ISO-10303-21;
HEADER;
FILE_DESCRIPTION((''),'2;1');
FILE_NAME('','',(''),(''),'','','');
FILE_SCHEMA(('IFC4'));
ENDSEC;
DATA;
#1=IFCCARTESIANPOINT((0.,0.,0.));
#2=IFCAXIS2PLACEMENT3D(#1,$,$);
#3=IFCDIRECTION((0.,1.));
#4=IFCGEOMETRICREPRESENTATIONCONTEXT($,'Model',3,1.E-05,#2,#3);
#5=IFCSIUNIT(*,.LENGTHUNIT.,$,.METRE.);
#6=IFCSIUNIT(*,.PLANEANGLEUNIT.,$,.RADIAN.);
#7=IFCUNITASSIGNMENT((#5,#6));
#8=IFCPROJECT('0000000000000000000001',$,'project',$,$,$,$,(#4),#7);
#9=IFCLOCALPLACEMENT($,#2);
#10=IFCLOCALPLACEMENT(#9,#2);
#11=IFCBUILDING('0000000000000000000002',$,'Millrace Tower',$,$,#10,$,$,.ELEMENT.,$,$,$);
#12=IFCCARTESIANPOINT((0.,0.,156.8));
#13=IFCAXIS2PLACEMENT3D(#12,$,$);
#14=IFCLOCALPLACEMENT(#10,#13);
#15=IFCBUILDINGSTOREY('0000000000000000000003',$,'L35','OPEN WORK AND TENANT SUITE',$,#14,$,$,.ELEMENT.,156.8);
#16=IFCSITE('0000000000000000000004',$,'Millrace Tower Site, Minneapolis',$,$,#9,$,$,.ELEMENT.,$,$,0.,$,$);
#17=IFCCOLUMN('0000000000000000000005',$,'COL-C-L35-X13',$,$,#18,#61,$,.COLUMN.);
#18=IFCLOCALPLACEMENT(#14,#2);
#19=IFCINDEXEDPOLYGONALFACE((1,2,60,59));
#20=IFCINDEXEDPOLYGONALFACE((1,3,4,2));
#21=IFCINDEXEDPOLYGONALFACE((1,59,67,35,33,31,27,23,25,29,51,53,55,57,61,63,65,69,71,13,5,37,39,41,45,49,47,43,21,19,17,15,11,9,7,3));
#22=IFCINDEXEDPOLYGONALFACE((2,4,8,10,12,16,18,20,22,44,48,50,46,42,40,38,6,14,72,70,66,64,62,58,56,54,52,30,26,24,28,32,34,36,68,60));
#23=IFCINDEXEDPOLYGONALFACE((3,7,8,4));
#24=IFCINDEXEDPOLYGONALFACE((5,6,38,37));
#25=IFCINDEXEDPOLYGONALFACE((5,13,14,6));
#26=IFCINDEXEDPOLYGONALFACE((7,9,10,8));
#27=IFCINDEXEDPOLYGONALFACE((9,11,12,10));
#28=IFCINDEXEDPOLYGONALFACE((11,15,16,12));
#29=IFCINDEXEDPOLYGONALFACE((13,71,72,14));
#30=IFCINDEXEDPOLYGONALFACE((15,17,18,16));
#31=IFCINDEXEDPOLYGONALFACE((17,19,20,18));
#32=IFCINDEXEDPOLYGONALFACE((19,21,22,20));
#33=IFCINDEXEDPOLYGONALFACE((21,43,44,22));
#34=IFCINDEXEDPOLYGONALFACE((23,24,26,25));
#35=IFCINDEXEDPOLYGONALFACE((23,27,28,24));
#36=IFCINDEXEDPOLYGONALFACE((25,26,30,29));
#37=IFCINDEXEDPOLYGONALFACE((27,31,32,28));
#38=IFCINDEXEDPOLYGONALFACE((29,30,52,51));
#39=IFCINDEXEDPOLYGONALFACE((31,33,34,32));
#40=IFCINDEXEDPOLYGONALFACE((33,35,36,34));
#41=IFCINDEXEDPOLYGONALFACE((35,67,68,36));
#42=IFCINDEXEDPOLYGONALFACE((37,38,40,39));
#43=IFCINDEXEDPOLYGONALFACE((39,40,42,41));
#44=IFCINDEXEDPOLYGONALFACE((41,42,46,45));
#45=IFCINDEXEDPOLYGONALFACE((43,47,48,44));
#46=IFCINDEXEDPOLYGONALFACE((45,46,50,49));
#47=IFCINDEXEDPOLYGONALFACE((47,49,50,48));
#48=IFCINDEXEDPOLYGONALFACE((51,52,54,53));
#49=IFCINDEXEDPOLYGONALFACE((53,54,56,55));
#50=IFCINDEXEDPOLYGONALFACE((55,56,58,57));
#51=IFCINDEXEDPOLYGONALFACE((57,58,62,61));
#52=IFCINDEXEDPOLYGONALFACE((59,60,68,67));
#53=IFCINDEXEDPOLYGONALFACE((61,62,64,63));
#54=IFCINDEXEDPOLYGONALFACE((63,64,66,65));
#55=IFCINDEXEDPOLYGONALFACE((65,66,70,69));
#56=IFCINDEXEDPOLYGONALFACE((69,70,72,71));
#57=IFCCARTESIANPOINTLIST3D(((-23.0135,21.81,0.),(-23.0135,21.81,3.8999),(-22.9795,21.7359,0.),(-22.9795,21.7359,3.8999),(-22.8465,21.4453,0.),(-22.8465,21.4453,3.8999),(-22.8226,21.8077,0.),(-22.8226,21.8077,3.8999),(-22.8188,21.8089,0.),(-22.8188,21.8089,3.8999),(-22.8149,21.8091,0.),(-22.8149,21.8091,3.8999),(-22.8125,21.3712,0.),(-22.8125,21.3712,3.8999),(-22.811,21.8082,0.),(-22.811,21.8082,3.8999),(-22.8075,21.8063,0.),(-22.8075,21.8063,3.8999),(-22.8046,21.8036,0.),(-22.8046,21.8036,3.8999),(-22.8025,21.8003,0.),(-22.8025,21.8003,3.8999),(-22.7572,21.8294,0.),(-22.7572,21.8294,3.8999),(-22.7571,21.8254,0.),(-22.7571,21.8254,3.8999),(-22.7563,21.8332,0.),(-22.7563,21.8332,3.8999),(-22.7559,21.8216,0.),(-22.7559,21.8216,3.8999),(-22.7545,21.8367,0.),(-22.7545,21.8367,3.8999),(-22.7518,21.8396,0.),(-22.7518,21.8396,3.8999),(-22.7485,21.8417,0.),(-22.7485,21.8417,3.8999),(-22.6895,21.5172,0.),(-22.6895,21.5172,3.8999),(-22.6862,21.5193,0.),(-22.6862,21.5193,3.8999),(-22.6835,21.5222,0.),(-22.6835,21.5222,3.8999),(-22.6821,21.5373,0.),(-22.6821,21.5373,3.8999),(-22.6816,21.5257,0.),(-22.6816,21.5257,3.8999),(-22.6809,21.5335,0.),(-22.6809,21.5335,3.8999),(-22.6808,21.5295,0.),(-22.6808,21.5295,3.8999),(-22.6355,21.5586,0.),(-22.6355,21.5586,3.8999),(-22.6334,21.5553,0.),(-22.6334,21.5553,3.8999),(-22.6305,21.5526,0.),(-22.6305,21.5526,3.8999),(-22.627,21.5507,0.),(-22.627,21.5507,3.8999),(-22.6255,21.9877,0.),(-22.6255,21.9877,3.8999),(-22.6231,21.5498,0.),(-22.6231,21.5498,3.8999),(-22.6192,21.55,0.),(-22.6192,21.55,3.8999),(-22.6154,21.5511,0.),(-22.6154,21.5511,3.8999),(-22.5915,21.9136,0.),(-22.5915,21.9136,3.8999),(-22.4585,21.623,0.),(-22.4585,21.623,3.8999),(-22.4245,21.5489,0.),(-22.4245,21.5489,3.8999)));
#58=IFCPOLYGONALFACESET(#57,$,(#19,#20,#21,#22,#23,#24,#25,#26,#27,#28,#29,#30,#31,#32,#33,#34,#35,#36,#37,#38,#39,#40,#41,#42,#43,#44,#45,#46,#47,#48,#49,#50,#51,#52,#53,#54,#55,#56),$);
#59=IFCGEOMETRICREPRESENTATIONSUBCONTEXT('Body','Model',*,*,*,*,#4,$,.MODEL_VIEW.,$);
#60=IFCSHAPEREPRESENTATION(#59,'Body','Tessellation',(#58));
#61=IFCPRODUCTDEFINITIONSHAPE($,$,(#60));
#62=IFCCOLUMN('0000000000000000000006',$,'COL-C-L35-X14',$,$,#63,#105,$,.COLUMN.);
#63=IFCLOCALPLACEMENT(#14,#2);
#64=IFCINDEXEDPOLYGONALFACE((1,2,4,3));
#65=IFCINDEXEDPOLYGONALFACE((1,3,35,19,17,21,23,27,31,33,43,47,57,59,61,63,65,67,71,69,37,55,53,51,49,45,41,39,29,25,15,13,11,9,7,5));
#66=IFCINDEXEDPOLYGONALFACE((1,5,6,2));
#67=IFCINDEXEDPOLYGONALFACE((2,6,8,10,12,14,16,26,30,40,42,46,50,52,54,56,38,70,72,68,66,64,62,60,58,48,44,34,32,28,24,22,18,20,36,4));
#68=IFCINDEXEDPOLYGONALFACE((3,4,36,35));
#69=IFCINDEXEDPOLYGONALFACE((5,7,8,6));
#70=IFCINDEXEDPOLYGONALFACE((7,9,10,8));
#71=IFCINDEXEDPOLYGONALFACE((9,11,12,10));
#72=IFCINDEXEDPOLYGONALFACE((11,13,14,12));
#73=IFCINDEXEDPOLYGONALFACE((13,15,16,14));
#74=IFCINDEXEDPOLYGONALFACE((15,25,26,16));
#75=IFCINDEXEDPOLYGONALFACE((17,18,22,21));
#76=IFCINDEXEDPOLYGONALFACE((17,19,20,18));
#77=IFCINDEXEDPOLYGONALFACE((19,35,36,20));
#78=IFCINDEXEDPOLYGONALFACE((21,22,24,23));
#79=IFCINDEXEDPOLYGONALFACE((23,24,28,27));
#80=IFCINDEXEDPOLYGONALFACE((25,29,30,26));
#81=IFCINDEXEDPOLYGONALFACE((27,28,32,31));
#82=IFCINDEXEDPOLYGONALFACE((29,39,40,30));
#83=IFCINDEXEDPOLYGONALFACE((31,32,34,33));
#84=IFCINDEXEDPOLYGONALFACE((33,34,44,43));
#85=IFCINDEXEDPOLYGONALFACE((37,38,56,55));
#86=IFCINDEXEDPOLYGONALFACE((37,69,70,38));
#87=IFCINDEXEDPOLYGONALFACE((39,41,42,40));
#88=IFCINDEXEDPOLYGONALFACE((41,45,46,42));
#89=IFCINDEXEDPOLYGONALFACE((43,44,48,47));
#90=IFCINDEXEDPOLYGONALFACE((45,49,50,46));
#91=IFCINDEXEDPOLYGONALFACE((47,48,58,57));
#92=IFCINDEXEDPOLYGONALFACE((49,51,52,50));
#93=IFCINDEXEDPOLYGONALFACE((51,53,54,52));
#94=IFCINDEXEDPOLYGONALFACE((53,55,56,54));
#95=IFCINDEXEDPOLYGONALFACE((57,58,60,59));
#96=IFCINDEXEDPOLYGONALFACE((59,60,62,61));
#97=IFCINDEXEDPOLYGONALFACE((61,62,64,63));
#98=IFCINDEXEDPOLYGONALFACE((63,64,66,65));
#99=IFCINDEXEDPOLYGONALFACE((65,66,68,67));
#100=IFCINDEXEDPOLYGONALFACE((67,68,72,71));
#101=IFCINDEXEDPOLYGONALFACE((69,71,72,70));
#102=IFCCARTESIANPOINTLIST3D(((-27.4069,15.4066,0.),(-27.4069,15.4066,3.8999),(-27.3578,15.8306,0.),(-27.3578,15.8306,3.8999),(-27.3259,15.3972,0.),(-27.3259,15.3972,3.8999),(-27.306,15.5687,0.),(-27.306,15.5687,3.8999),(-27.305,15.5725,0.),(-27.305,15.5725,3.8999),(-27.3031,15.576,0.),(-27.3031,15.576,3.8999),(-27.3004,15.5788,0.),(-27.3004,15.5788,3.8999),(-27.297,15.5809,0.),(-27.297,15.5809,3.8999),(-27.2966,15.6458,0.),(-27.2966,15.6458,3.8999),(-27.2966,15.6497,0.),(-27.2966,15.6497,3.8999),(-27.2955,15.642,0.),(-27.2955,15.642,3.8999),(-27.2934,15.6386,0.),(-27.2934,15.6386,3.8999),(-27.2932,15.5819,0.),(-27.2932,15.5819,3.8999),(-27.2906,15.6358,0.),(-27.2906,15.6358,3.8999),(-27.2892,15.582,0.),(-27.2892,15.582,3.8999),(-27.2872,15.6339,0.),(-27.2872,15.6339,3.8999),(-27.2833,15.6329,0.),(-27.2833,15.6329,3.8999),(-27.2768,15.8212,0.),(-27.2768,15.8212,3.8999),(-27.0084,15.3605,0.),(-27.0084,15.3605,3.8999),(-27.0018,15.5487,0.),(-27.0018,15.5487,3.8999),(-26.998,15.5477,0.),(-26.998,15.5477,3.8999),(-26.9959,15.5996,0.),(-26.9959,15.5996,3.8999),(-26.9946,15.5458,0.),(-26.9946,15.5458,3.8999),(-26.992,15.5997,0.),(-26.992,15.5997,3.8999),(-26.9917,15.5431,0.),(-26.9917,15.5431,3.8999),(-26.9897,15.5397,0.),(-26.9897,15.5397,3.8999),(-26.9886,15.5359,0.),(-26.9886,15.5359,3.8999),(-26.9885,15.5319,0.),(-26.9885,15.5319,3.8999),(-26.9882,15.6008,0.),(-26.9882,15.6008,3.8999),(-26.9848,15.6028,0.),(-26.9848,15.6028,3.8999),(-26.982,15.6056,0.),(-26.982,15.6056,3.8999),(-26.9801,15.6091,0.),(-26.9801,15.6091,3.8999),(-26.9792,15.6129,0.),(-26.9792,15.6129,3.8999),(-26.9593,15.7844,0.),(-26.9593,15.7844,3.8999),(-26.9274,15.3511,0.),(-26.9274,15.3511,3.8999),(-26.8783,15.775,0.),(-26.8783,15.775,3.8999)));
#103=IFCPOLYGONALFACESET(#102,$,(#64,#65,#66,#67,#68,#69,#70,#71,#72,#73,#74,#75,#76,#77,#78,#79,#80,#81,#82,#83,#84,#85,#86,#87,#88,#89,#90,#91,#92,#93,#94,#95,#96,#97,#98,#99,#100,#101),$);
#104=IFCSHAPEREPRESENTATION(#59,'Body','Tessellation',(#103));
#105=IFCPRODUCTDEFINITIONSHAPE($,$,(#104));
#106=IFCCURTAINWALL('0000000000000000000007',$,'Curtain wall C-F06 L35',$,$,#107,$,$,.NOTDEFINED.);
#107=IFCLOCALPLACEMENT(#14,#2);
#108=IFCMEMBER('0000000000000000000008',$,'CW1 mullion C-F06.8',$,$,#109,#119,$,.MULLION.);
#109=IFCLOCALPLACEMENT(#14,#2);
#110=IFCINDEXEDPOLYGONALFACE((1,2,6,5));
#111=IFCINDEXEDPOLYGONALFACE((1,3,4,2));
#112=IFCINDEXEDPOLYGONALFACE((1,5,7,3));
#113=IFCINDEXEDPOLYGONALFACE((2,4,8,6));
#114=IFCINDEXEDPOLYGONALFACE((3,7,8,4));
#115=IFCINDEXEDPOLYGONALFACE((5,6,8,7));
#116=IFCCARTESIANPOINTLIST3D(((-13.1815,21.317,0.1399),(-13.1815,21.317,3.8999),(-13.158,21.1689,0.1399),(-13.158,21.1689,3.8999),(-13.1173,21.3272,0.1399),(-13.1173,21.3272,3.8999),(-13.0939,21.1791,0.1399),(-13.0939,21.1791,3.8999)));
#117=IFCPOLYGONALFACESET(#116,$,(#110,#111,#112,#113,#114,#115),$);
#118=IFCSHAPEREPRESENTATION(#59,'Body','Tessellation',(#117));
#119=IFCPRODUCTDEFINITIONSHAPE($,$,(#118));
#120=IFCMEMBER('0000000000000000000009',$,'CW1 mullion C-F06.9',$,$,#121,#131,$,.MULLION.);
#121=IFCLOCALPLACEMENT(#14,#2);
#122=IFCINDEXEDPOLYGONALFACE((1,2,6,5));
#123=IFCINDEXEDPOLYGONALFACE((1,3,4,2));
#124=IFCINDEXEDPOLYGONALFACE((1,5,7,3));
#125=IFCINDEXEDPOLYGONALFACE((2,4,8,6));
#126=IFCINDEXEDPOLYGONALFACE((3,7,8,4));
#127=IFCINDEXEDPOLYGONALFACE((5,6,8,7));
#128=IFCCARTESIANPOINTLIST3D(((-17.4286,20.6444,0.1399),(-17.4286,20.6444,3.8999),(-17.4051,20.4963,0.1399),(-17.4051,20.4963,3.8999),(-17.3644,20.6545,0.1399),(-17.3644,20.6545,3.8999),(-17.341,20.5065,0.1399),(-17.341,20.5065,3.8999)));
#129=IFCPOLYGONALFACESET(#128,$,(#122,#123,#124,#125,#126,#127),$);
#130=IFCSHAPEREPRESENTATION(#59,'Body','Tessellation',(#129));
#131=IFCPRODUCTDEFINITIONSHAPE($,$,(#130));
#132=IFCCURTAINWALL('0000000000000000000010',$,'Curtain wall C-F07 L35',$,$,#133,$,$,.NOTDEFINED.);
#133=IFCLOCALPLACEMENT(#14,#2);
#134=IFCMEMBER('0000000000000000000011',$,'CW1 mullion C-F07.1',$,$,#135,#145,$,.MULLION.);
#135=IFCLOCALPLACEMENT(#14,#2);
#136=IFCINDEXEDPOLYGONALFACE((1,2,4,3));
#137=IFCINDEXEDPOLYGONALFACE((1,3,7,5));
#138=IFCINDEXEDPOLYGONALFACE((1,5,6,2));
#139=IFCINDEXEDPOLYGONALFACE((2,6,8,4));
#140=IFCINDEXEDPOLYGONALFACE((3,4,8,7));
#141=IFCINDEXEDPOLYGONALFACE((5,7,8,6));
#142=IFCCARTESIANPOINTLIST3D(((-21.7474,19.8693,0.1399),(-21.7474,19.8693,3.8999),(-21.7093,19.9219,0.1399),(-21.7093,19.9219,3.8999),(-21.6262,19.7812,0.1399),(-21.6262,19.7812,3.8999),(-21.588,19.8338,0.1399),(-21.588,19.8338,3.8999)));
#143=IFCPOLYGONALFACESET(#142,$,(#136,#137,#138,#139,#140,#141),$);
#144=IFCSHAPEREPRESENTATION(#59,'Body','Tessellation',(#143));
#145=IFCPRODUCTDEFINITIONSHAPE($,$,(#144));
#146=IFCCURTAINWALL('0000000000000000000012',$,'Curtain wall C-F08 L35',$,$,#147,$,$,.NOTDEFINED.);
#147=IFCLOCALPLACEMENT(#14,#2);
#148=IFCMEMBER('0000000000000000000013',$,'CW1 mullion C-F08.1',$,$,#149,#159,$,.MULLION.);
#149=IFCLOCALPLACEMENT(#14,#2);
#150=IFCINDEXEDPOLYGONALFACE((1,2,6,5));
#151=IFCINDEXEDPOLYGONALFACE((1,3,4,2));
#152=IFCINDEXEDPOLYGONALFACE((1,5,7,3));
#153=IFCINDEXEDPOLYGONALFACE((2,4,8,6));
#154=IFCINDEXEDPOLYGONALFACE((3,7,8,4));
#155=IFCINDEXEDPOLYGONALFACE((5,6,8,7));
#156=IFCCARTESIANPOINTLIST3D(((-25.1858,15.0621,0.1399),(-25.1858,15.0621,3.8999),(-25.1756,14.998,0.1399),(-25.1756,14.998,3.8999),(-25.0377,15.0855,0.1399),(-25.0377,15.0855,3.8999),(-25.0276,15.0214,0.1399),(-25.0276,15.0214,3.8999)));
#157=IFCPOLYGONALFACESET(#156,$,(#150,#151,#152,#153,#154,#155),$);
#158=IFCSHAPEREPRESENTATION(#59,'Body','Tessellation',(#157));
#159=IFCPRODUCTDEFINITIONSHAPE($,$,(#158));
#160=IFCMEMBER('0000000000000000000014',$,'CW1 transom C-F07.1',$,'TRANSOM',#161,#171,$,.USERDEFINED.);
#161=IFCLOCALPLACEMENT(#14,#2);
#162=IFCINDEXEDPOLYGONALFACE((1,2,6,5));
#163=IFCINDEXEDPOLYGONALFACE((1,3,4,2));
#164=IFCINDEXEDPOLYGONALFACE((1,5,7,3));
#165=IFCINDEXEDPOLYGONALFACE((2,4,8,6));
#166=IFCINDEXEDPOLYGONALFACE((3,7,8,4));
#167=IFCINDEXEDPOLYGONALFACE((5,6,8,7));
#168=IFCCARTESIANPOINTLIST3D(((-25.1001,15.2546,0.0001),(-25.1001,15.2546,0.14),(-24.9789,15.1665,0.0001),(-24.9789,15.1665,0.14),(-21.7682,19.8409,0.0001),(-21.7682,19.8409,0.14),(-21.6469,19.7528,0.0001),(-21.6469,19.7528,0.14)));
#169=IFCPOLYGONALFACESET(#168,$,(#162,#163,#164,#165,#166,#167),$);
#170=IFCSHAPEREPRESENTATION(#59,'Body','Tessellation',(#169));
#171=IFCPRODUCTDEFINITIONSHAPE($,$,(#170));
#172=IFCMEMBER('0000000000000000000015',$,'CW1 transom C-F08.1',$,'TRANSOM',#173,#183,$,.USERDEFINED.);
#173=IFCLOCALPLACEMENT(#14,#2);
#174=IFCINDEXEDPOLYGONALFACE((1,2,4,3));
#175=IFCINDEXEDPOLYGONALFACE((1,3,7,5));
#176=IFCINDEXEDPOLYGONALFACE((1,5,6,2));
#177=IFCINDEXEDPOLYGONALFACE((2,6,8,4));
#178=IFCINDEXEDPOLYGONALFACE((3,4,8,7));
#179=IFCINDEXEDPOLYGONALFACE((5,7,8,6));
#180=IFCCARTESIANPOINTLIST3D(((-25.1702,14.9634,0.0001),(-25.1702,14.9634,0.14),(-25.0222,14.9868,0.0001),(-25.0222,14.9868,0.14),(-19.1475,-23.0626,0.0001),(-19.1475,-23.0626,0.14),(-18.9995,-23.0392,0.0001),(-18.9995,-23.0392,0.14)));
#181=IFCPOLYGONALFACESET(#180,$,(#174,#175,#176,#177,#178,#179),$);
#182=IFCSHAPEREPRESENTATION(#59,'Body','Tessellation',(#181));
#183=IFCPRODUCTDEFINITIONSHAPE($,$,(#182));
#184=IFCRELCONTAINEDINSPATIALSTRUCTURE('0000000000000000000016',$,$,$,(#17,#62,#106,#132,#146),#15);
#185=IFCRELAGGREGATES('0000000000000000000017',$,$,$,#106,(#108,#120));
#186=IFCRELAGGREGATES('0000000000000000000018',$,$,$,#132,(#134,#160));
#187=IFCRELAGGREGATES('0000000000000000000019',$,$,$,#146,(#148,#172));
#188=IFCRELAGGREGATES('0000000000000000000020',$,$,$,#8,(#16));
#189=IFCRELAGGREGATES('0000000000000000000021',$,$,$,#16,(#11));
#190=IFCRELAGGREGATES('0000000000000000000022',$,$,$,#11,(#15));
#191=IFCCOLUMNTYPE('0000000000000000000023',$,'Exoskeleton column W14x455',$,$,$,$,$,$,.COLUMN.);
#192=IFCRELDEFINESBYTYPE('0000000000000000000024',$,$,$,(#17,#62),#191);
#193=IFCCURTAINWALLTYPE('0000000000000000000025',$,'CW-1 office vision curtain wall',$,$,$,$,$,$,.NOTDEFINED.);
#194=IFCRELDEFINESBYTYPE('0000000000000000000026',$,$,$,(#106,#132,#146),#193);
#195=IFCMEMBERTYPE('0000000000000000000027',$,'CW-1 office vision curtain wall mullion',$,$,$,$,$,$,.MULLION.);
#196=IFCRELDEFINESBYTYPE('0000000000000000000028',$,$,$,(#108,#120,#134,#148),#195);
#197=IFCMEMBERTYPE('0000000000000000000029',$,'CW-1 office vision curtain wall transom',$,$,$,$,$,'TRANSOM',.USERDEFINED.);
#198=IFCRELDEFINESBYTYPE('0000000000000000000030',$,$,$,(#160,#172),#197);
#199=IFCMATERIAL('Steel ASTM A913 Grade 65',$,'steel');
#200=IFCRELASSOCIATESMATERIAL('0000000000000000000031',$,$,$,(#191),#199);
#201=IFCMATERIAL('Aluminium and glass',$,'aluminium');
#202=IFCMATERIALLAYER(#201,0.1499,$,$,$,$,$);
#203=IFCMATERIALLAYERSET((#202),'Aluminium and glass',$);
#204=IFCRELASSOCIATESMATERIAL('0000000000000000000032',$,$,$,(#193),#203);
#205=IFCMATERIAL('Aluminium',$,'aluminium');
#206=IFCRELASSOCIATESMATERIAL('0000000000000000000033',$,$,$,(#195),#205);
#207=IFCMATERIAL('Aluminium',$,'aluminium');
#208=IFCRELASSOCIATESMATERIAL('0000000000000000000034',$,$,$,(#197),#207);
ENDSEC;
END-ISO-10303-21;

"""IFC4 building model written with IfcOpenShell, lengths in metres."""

from ifc_helpers import new_model, si_unit, direction, frame, origin, origin_2d, place, context, subcontext, project, spatial, rectangle, i_section, extrude, material, layer, layer_set, material_profile, profile_set, type_object, element, aggregate, save


model = new_model("IFC4")

# Units and contexts
model_context = context("Model", 3, precision=1e-05, world=origin(), true_north=direction((0.0, 1.0)))
body_context = subcontext(model_context, "Body", "Model", "MODEL_VIEW")
ifc_project = project(units=[si_unit("LENGTHUNIT", "METRE"), si_unit("PLANEANGLEUNIT", "RADIAN")], contexts=[model_context])

# Site, building, storey
site_placement = place(None, origin())
site = spatial("IfcSite", under=ifc_project, at=site_placement, Name="Millrace Tower Site, Minneapolis", CompositionType="ELEMENT", RefElevation=0.0)
building_placement = place(site_placement, origin())
building = spatial("IfcBuilding", under=site, at=building_placement, Name="Millrace Tower", CompositionType="ELEMENT")
storey_placement = place(building_placement, frame((0.0, 0.0, 156.8)))
storey = spatial("IfcBuildingStorey", under=building, at=storey_placement, Name="L35", Description="OPEN WORK AND TENANT SUITE", CompositionType="ELEMENT", Elevation=156.8)

# Columns
ifc_material_1 = material(Name="Steel ASTM A913 Grade 65", Category="steel")
ifc_material_profile_1 = material_profile(ifc_material_1, i_section(OverallWidth=0.4268, OverallDepth=0.4827, WebThickness=0.0513, FlangeThickness=0.0815, FilletRadius=0.0151, at=origin_2d()))
ifc_profile_set_1 = profile_set([ifc_material_profile_1], Name="Steel ASTM A913 Grade 65")
column_type = type_object("IfcColumnType", Name="Exoskeleton column W14x455", PredefinedType="COLUMN", material=ifc_profile_set_1)
for number, where, z_axis, x_axis, name in (
    (1, (-22.719, 21.6794, 0.0), (0.0, 0.0, 1.0), (-0.909181, -0.416401, 0.0), "COL-C-L35-X13"),
    (2, (-27.1426, 15.5908, 0.0), (0.0, 0.0, 1.0), (-0.115069, -0.993358, 0.0), "COL-C-L35-X14"),
):
    element("IfcColumn", number, at=place(storey_placement, frame(where, z_axis=z_axis, x_axis=x_axis)), inside=storey, type_object=column_type, Name=name, PredefinedType="COLUMN", context=body_context, shape_type="SweptSolid", body=[
        extrude(i_section(OverallWidth=0.4268, OverallDepth=0.4827, WebThickness=0.0513, FlangeThickness=0.0815, FilletRadius=0.0151, at=origin_2d()), origin(), (0.0, 0.0, 1.0), 3.8999),
    ])

# Curtain wall, members
ifc_material_2 = material(Name="Aluminium and glass", Category="aluminium")
ifc_layer_1 = layer(ifc_material_2, 0.1499)
ifc_layer_set_1 = layer_set([ifc_layer_1], Name="Aluminium and glass")
curtain_wall_type = type_object("IfcCurtainWallType", Name="CW-1 office vision curtain wall", PredefinedType="NOTDEFINED", material=ifc_layer_set_1)
placement = place(storey_placement, origin())
curtain_wall_1 = element("IfcCurtainWall", 3, at=placement, inside=storey, type_object=curtain_wall_type, Name="Curtain wall C-F06 L35", PredefinedType="NOTDEFINED")
ifc_material_3 = material(Name="Aluminium", Category="aluminium")
ifc_material_profile_2 = material_profile(ifc_material_3, rectangle(XDim=0.0649, YDim=0.1499, at=origin_2d()))
ifc_profile_set_2 = profile_set([ifc_material_profile_2], Name="Aluminium")
member_type_1 = type_object("IfcMemberType", Name="CW-1 office vision curtain wall mullion", PredefinedType="MULLION", material=ifc_profile_set_2)
member_1_placement = place(storey_placement, frame((-13.1377, 21.248, 0.1399), z_axis=(0.0, 0.0, 1.0), x_axis=(-0.987688, -0.156434, 0.0)))
member_1 = element("IfcMember", 4, at=member_1_placement, type_object=member_type_1, Name="CW1 mullion C-F06.8", PredefinedType="MULLION", context=body_context, shape_type="SweptSolid", body=[
    extrude(rectangle(XDim=0.0649, YDim=0.1499, at=origin_2d()), origin(), (0.0, 0.0, 1.0), 3.76),
])
member_2_placement = place(storey_placement, frame((-17.3848, 20.5754, 0.1399), z_axis=(0.0, 0.0, 1.0), x_axis=(-0.987688, -0.156434, 0.0)))
member_2 = element("IfcMember", 5, at=member_2_placement, type_object=member_type_1, Name="CW1 mullion C-F06.9", PredefinedType="MULLION", context=body_context, shape_type="SweptSolid", body=[
    extrude(rectangle(XDim=0.0649, YDim=0.1499, at=origin_2d()), origin(), (0.0, 0.0, 1.0), 3.76),
])
aggregate(curtain_wall_1, [member_1, member_2])

# Curtain walls, members
curtain_wall_2 = element("IfcCurtainWall", 6, at=placement, inside=storey, type_object=curtain_wall_type, Name="Curtain wall C-F07 L35", PredefinedType="NOTDEFINED")
member_3_placement = place(storey_placement, frame((-21.6677, 19.8516, 0.1399), z_axis=(0.0, 0.0, 1.0), x_axis=(-0.587785, -0.809017, 0.0)))
member_3 = element("IfcMember", 7, at=member_3_placement, type_object=member_type_1, Name="CW1 mullion C-F07.1", PredefinedType="MULLION", context=body_context, shape_type="SweptSolid", body=[
    extrude(rectangle(XDim=0.0649, YDim=0.1499, at=origin_2d()), origin(), (0.0, 0.0, 1.0), 3.76),
])
curtain_wall_3 = element("IfcCurtainWall", 8, at=placement, inside=storey, type_object=curtain_wall_type, Name="Curtain wall C-F08 L35", PredefinedType="NOTDEFINED")
member_4_placement = place(storey_placement, frame((-25.1067, 15.0417, 0.1399), z_axis=(0.0, 0.0, 1.0), x_axis=(0.156434, -0.987688, 0.0)))
member_4 = element("IfcMember", 9, at=member_4_placement, type_object=member_type_1, Name="CW1 mullion C-F08.1", PredefinedType="MULLION", context=body_context, shape_type="SweptSolid", body=[
    extrude(rectangle(XDim=0.0649, YDim=0.1499, at=origin_2d()), origin(), (0.0, 0.0, 1.0), 3.76),
])

# Members
ifc_material_4 = material(Name="Aluminium", Category="aluminium")
ifc_material_profile_3 = material_profile(ifc_material_4, rectangle(XDim=0.1499, YDim=0.1399, at=origin_2d()))
ifc_profile_set_3 = profile_set([ifc_material_profile_3], Name="Aluminium")
member_type_2 = type_object("IfcMemberType", Name="CW-1 office vision curtain wall transom", ElementType="TRANSOM", PredefinedType="USERDEFINED", material=ifc_profile_set_3)
member_5_placement = place(storey_placement, frame((-21.7075, 19.7969, 0.0701), z_axis=(-0.587762, -0.809034, 0.0), x_axis=(0.809034, -0.587762, 0.0)))
member_5 = element("IfcMember", 10, at=member_5_placement, type_object=member_type_2, Name="CW1 transom C-F07.1", ObjectType="TRANSOM", PredefinedType="USERDEFINED", context=body_context, shape_type="SweptSolid", body=[
    extrude(rectangle(XDim=0.1499, YDim=0.1399, at=origin_2d()), origin(), (0.0, 0.0, 1.0), 5.6689),
])
aggregate(curtain_wall_2, [member_3, member_5])
member_6_placement = place(storey_placement, frame((-25.0962, 14.9751, 0.0701), z_axis=(0.156433, -0.987689, 0.0), x_axis=(0.987689, 0.156433, 0.0)))
member_6 = element("IfcMember", 11, at=member_6_placement, type_object=member_type_2, Name="CW1 transom C-F08.1", ObjectType="TRANSOM", PredefinedType="USERDEFINED", context=body_context, shape_type="SweptSolid", body=[
    extrude(rectangle(XDim=0.1499, YDim=0.1399, at=origin_2d()), origin(), (0.0, 0.0, 1.0), 38.5),
])
aggregate(curtain_wall_3, [member_4, member_6])

save(model, "model.ifc")
